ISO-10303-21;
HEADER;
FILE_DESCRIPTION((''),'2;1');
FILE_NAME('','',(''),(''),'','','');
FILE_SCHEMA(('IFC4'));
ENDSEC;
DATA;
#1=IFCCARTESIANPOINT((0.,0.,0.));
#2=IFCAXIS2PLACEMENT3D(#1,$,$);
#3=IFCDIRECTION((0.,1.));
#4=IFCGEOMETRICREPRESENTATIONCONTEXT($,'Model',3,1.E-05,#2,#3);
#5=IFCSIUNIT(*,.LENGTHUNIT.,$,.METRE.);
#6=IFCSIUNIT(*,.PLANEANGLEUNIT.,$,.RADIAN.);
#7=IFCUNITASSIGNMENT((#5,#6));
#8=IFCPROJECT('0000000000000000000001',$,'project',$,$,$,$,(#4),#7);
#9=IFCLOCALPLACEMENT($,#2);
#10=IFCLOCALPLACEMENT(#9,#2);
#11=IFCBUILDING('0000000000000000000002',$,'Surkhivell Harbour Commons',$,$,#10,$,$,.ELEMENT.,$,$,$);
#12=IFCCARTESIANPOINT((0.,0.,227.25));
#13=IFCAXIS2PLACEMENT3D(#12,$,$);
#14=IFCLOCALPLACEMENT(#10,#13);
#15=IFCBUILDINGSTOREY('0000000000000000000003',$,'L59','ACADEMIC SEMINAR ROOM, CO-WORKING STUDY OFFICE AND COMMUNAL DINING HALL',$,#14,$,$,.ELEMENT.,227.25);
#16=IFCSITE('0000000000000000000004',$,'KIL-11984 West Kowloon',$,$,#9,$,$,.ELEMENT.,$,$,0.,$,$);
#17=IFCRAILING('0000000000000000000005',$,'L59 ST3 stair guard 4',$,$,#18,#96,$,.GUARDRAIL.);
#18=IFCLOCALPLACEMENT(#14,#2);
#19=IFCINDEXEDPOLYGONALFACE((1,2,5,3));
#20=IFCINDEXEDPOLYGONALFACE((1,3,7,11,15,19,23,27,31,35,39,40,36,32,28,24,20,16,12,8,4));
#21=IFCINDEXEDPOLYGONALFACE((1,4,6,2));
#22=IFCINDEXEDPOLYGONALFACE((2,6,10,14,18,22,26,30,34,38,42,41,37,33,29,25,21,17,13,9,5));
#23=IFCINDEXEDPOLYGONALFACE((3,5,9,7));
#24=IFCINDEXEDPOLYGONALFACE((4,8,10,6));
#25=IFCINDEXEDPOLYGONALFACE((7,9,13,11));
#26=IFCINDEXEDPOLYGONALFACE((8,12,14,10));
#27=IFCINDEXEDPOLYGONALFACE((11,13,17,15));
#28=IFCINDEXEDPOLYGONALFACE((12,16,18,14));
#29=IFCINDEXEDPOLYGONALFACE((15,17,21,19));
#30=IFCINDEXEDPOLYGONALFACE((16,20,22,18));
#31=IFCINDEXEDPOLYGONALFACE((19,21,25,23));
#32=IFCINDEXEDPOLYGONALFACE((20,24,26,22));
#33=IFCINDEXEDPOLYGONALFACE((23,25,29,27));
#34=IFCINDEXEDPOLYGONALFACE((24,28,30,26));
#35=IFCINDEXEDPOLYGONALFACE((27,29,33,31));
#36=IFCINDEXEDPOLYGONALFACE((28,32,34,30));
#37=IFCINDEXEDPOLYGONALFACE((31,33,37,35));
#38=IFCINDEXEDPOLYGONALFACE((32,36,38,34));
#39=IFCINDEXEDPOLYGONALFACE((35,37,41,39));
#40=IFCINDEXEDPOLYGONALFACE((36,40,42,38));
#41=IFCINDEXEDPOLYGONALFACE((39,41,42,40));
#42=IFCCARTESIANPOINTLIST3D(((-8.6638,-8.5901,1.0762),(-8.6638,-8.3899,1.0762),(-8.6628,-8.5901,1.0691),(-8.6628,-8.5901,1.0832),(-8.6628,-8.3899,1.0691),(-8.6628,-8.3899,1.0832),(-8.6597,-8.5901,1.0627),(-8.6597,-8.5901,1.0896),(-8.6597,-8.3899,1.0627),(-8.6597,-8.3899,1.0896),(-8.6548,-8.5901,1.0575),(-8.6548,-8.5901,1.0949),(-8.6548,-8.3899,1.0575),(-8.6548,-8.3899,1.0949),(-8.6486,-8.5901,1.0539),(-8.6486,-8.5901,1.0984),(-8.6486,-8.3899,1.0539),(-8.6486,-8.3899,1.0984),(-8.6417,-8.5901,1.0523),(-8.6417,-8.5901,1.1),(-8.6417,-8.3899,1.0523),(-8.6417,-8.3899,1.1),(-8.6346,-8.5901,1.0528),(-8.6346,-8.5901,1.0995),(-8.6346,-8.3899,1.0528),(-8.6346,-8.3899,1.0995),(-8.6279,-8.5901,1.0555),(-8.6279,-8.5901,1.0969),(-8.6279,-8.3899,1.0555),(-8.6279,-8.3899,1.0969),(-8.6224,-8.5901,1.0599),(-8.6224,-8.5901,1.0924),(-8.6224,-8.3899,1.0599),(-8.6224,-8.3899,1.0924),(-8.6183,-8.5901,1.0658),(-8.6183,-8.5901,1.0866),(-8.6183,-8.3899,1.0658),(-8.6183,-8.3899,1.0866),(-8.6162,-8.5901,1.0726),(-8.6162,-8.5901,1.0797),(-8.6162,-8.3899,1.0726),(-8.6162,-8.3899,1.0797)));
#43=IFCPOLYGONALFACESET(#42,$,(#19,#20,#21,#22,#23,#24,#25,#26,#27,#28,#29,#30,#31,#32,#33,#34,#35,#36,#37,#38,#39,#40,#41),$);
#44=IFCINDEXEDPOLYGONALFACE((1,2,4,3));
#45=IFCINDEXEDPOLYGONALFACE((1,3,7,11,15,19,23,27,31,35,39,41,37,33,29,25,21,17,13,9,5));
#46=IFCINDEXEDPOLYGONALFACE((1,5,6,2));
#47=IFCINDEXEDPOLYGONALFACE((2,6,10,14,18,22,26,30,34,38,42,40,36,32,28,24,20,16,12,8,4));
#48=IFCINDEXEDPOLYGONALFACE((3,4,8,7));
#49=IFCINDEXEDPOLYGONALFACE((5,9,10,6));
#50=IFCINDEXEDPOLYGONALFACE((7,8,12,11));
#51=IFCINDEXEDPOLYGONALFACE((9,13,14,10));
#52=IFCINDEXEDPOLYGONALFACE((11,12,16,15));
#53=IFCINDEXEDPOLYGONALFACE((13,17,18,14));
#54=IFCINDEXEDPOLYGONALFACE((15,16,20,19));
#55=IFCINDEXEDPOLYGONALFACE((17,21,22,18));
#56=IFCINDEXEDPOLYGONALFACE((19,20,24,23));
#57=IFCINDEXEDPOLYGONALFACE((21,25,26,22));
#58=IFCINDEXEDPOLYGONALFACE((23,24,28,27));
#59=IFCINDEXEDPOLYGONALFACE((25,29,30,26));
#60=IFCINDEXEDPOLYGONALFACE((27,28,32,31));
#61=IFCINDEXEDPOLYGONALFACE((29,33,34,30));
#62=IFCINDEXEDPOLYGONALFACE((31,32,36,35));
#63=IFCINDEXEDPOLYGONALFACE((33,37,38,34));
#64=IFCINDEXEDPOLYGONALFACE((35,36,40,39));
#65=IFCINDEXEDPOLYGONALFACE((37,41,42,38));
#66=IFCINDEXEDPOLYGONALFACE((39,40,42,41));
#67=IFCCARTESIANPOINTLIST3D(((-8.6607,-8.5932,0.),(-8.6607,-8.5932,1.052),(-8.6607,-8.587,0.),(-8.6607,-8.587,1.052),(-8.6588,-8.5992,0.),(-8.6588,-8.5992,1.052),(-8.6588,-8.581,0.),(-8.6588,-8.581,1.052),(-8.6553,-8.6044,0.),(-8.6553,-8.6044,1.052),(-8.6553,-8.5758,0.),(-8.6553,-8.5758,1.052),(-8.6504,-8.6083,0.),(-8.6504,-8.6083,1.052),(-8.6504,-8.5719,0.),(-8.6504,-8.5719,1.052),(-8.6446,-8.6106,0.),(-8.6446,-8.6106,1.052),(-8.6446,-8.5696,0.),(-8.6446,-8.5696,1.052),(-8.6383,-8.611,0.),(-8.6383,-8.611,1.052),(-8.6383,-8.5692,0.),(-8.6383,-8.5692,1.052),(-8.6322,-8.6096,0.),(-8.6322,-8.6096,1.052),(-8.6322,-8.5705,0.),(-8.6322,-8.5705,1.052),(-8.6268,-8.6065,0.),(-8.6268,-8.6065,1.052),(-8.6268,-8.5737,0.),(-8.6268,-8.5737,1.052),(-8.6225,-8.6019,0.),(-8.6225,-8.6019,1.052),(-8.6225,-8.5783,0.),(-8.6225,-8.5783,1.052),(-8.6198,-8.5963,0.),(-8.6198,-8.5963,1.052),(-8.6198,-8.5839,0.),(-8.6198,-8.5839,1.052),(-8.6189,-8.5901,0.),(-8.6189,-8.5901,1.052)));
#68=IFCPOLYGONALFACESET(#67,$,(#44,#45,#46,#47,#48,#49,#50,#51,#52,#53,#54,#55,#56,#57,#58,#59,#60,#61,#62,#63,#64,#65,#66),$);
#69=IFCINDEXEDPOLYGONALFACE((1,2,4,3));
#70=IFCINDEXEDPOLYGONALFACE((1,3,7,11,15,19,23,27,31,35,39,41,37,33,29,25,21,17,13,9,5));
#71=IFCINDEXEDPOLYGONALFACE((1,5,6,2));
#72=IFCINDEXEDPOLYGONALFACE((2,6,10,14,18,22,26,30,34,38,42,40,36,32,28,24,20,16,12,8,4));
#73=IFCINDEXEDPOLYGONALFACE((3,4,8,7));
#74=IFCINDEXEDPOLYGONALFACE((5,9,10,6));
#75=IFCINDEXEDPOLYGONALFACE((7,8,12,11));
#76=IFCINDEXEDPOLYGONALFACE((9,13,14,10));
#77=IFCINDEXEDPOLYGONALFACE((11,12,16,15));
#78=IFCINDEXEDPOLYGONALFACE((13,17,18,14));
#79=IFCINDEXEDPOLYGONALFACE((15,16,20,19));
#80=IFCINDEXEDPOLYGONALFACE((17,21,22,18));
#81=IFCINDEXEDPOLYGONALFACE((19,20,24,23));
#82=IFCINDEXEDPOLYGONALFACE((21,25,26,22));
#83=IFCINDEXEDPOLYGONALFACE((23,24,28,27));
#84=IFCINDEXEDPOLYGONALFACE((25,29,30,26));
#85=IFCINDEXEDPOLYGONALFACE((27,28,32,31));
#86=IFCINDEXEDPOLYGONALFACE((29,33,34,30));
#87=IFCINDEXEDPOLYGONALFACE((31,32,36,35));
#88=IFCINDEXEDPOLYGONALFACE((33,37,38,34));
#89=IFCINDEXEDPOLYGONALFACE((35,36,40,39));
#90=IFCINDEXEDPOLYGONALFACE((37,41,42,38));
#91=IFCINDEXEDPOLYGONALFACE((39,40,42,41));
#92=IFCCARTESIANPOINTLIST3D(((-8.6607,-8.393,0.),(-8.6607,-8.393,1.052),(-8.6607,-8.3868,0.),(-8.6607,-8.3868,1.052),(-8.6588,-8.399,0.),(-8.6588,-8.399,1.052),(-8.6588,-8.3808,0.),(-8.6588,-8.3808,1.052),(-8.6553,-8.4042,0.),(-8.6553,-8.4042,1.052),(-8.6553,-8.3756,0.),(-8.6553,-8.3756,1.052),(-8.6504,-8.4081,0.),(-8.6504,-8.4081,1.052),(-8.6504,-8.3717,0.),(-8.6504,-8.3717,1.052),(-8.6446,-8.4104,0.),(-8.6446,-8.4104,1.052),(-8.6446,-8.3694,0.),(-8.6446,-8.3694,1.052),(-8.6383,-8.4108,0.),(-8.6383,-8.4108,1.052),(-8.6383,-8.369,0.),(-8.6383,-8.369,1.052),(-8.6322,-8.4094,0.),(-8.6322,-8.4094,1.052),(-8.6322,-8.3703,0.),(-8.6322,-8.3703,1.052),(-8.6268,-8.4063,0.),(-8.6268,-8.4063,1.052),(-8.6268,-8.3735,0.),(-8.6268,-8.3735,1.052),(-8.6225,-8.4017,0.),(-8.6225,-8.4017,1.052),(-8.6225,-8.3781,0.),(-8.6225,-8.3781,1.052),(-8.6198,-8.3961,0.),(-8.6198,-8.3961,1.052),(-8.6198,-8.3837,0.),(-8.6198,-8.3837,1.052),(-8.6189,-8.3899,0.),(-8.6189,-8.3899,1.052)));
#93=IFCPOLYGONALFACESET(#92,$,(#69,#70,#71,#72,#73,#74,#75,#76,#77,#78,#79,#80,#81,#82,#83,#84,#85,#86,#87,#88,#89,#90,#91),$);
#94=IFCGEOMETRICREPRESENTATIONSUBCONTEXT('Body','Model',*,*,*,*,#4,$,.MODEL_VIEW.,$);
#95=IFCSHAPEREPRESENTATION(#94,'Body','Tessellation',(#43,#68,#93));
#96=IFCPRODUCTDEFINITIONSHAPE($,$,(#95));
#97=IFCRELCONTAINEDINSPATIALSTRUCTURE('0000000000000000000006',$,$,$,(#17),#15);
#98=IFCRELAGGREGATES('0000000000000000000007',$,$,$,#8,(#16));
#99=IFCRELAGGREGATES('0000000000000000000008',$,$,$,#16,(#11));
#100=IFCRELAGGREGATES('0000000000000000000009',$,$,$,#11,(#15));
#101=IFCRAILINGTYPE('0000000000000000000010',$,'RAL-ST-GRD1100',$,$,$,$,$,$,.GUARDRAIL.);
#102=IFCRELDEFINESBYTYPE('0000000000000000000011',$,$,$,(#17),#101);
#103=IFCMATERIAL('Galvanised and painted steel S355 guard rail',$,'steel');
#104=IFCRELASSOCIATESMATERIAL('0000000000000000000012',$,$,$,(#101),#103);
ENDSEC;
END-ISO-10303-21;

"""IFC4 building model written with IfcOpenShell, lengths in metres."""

from ifc_helpers import new_model, si_unit, direction, frame, origin, origin_2d, place, context, subcontext, project, spatial, circle, extrude, material, type_object, element, save


model = new_model("IFC4")

# Units and contexts
model_context = context("Model", 3, precision=1e-05, world=origin(), true_north=direction((0.0, 1.0)))
body_context = subcontext(model_context, "Body", "Model", "MODEL_VIEW")
ifc_project = project(units=[si_unit("LENGTHUNIT", "METRE"), si_unit("PLANEANGLEUNIT", "RADIAN")], contexts=[model_context])

# Site, building, storey
site_placement = place(None, origin())
site = spatial("IfcSite", under=ifc_project, at=site_placement, Name="KIL-11984 West Kowloon", CompositionType="ELEMENT", RefElevation=0.0)
building_placement = place(site_placement, origin())
building = spatial("IfcBuilding", under=site, at=building_placement, Name="Surkhivell Harbour Commons", CompositionType="ELEMENT")
storey_placement = place(building_placement, frame((0.0, 0.0, 227.25)))
storey = spatial("IfcBuildingStorey", under=building, at=storey_placement, Name="L59", Description="ACADEMIC SEMINAR ROOM, CO-WORKING STUDY OFFICE AND COMMUNAL DINING HALL", CompositionType="ELEMENT", Elevation=227.25)

# Railing
ifc_material_1 = material(Name="Galvanised and painted steel S355 guard rail", Category="steel")
railing_type_1 = type_object("IfcRailingType", Name="RAL-ST-GRD1100", PredefinedType="GUARDRAIL", material=ifc_material_1)
railing_1_placement = place(storey_placement, frame((-8.6399, -8.5901, 0.0)))
element("IfcRailing", 1, at=railing_1_placement, inside=storey, type_object=railing_type_1, Name="L59 ST3 stair guard 4", PredefinedType="GUARDRAIL", context=body_context, shape_type="SweptSolid", body=[
    extrude(circle(Radius=0.0239, at=origin_2d()), frame((0.0, 0.0, 1.0762), z_axis=(0.0, 1.0, 0.0), x_axis=(-1.0, 0.0, 0.0)), (0.0, 0.0, 1.0), 0.2002),
    extrude(circle(Radius=0.021, at=origin_2d()), origin(), (0.0, 0.0, 1.0), 1.052),
    extrude(circle(Radius=0.021, at=origin_2d()), frame((0.0, 0.2002, 0.0)), (0.0, 0.0, 1.0), 1.052),
])

save(model, "model.ifc")
